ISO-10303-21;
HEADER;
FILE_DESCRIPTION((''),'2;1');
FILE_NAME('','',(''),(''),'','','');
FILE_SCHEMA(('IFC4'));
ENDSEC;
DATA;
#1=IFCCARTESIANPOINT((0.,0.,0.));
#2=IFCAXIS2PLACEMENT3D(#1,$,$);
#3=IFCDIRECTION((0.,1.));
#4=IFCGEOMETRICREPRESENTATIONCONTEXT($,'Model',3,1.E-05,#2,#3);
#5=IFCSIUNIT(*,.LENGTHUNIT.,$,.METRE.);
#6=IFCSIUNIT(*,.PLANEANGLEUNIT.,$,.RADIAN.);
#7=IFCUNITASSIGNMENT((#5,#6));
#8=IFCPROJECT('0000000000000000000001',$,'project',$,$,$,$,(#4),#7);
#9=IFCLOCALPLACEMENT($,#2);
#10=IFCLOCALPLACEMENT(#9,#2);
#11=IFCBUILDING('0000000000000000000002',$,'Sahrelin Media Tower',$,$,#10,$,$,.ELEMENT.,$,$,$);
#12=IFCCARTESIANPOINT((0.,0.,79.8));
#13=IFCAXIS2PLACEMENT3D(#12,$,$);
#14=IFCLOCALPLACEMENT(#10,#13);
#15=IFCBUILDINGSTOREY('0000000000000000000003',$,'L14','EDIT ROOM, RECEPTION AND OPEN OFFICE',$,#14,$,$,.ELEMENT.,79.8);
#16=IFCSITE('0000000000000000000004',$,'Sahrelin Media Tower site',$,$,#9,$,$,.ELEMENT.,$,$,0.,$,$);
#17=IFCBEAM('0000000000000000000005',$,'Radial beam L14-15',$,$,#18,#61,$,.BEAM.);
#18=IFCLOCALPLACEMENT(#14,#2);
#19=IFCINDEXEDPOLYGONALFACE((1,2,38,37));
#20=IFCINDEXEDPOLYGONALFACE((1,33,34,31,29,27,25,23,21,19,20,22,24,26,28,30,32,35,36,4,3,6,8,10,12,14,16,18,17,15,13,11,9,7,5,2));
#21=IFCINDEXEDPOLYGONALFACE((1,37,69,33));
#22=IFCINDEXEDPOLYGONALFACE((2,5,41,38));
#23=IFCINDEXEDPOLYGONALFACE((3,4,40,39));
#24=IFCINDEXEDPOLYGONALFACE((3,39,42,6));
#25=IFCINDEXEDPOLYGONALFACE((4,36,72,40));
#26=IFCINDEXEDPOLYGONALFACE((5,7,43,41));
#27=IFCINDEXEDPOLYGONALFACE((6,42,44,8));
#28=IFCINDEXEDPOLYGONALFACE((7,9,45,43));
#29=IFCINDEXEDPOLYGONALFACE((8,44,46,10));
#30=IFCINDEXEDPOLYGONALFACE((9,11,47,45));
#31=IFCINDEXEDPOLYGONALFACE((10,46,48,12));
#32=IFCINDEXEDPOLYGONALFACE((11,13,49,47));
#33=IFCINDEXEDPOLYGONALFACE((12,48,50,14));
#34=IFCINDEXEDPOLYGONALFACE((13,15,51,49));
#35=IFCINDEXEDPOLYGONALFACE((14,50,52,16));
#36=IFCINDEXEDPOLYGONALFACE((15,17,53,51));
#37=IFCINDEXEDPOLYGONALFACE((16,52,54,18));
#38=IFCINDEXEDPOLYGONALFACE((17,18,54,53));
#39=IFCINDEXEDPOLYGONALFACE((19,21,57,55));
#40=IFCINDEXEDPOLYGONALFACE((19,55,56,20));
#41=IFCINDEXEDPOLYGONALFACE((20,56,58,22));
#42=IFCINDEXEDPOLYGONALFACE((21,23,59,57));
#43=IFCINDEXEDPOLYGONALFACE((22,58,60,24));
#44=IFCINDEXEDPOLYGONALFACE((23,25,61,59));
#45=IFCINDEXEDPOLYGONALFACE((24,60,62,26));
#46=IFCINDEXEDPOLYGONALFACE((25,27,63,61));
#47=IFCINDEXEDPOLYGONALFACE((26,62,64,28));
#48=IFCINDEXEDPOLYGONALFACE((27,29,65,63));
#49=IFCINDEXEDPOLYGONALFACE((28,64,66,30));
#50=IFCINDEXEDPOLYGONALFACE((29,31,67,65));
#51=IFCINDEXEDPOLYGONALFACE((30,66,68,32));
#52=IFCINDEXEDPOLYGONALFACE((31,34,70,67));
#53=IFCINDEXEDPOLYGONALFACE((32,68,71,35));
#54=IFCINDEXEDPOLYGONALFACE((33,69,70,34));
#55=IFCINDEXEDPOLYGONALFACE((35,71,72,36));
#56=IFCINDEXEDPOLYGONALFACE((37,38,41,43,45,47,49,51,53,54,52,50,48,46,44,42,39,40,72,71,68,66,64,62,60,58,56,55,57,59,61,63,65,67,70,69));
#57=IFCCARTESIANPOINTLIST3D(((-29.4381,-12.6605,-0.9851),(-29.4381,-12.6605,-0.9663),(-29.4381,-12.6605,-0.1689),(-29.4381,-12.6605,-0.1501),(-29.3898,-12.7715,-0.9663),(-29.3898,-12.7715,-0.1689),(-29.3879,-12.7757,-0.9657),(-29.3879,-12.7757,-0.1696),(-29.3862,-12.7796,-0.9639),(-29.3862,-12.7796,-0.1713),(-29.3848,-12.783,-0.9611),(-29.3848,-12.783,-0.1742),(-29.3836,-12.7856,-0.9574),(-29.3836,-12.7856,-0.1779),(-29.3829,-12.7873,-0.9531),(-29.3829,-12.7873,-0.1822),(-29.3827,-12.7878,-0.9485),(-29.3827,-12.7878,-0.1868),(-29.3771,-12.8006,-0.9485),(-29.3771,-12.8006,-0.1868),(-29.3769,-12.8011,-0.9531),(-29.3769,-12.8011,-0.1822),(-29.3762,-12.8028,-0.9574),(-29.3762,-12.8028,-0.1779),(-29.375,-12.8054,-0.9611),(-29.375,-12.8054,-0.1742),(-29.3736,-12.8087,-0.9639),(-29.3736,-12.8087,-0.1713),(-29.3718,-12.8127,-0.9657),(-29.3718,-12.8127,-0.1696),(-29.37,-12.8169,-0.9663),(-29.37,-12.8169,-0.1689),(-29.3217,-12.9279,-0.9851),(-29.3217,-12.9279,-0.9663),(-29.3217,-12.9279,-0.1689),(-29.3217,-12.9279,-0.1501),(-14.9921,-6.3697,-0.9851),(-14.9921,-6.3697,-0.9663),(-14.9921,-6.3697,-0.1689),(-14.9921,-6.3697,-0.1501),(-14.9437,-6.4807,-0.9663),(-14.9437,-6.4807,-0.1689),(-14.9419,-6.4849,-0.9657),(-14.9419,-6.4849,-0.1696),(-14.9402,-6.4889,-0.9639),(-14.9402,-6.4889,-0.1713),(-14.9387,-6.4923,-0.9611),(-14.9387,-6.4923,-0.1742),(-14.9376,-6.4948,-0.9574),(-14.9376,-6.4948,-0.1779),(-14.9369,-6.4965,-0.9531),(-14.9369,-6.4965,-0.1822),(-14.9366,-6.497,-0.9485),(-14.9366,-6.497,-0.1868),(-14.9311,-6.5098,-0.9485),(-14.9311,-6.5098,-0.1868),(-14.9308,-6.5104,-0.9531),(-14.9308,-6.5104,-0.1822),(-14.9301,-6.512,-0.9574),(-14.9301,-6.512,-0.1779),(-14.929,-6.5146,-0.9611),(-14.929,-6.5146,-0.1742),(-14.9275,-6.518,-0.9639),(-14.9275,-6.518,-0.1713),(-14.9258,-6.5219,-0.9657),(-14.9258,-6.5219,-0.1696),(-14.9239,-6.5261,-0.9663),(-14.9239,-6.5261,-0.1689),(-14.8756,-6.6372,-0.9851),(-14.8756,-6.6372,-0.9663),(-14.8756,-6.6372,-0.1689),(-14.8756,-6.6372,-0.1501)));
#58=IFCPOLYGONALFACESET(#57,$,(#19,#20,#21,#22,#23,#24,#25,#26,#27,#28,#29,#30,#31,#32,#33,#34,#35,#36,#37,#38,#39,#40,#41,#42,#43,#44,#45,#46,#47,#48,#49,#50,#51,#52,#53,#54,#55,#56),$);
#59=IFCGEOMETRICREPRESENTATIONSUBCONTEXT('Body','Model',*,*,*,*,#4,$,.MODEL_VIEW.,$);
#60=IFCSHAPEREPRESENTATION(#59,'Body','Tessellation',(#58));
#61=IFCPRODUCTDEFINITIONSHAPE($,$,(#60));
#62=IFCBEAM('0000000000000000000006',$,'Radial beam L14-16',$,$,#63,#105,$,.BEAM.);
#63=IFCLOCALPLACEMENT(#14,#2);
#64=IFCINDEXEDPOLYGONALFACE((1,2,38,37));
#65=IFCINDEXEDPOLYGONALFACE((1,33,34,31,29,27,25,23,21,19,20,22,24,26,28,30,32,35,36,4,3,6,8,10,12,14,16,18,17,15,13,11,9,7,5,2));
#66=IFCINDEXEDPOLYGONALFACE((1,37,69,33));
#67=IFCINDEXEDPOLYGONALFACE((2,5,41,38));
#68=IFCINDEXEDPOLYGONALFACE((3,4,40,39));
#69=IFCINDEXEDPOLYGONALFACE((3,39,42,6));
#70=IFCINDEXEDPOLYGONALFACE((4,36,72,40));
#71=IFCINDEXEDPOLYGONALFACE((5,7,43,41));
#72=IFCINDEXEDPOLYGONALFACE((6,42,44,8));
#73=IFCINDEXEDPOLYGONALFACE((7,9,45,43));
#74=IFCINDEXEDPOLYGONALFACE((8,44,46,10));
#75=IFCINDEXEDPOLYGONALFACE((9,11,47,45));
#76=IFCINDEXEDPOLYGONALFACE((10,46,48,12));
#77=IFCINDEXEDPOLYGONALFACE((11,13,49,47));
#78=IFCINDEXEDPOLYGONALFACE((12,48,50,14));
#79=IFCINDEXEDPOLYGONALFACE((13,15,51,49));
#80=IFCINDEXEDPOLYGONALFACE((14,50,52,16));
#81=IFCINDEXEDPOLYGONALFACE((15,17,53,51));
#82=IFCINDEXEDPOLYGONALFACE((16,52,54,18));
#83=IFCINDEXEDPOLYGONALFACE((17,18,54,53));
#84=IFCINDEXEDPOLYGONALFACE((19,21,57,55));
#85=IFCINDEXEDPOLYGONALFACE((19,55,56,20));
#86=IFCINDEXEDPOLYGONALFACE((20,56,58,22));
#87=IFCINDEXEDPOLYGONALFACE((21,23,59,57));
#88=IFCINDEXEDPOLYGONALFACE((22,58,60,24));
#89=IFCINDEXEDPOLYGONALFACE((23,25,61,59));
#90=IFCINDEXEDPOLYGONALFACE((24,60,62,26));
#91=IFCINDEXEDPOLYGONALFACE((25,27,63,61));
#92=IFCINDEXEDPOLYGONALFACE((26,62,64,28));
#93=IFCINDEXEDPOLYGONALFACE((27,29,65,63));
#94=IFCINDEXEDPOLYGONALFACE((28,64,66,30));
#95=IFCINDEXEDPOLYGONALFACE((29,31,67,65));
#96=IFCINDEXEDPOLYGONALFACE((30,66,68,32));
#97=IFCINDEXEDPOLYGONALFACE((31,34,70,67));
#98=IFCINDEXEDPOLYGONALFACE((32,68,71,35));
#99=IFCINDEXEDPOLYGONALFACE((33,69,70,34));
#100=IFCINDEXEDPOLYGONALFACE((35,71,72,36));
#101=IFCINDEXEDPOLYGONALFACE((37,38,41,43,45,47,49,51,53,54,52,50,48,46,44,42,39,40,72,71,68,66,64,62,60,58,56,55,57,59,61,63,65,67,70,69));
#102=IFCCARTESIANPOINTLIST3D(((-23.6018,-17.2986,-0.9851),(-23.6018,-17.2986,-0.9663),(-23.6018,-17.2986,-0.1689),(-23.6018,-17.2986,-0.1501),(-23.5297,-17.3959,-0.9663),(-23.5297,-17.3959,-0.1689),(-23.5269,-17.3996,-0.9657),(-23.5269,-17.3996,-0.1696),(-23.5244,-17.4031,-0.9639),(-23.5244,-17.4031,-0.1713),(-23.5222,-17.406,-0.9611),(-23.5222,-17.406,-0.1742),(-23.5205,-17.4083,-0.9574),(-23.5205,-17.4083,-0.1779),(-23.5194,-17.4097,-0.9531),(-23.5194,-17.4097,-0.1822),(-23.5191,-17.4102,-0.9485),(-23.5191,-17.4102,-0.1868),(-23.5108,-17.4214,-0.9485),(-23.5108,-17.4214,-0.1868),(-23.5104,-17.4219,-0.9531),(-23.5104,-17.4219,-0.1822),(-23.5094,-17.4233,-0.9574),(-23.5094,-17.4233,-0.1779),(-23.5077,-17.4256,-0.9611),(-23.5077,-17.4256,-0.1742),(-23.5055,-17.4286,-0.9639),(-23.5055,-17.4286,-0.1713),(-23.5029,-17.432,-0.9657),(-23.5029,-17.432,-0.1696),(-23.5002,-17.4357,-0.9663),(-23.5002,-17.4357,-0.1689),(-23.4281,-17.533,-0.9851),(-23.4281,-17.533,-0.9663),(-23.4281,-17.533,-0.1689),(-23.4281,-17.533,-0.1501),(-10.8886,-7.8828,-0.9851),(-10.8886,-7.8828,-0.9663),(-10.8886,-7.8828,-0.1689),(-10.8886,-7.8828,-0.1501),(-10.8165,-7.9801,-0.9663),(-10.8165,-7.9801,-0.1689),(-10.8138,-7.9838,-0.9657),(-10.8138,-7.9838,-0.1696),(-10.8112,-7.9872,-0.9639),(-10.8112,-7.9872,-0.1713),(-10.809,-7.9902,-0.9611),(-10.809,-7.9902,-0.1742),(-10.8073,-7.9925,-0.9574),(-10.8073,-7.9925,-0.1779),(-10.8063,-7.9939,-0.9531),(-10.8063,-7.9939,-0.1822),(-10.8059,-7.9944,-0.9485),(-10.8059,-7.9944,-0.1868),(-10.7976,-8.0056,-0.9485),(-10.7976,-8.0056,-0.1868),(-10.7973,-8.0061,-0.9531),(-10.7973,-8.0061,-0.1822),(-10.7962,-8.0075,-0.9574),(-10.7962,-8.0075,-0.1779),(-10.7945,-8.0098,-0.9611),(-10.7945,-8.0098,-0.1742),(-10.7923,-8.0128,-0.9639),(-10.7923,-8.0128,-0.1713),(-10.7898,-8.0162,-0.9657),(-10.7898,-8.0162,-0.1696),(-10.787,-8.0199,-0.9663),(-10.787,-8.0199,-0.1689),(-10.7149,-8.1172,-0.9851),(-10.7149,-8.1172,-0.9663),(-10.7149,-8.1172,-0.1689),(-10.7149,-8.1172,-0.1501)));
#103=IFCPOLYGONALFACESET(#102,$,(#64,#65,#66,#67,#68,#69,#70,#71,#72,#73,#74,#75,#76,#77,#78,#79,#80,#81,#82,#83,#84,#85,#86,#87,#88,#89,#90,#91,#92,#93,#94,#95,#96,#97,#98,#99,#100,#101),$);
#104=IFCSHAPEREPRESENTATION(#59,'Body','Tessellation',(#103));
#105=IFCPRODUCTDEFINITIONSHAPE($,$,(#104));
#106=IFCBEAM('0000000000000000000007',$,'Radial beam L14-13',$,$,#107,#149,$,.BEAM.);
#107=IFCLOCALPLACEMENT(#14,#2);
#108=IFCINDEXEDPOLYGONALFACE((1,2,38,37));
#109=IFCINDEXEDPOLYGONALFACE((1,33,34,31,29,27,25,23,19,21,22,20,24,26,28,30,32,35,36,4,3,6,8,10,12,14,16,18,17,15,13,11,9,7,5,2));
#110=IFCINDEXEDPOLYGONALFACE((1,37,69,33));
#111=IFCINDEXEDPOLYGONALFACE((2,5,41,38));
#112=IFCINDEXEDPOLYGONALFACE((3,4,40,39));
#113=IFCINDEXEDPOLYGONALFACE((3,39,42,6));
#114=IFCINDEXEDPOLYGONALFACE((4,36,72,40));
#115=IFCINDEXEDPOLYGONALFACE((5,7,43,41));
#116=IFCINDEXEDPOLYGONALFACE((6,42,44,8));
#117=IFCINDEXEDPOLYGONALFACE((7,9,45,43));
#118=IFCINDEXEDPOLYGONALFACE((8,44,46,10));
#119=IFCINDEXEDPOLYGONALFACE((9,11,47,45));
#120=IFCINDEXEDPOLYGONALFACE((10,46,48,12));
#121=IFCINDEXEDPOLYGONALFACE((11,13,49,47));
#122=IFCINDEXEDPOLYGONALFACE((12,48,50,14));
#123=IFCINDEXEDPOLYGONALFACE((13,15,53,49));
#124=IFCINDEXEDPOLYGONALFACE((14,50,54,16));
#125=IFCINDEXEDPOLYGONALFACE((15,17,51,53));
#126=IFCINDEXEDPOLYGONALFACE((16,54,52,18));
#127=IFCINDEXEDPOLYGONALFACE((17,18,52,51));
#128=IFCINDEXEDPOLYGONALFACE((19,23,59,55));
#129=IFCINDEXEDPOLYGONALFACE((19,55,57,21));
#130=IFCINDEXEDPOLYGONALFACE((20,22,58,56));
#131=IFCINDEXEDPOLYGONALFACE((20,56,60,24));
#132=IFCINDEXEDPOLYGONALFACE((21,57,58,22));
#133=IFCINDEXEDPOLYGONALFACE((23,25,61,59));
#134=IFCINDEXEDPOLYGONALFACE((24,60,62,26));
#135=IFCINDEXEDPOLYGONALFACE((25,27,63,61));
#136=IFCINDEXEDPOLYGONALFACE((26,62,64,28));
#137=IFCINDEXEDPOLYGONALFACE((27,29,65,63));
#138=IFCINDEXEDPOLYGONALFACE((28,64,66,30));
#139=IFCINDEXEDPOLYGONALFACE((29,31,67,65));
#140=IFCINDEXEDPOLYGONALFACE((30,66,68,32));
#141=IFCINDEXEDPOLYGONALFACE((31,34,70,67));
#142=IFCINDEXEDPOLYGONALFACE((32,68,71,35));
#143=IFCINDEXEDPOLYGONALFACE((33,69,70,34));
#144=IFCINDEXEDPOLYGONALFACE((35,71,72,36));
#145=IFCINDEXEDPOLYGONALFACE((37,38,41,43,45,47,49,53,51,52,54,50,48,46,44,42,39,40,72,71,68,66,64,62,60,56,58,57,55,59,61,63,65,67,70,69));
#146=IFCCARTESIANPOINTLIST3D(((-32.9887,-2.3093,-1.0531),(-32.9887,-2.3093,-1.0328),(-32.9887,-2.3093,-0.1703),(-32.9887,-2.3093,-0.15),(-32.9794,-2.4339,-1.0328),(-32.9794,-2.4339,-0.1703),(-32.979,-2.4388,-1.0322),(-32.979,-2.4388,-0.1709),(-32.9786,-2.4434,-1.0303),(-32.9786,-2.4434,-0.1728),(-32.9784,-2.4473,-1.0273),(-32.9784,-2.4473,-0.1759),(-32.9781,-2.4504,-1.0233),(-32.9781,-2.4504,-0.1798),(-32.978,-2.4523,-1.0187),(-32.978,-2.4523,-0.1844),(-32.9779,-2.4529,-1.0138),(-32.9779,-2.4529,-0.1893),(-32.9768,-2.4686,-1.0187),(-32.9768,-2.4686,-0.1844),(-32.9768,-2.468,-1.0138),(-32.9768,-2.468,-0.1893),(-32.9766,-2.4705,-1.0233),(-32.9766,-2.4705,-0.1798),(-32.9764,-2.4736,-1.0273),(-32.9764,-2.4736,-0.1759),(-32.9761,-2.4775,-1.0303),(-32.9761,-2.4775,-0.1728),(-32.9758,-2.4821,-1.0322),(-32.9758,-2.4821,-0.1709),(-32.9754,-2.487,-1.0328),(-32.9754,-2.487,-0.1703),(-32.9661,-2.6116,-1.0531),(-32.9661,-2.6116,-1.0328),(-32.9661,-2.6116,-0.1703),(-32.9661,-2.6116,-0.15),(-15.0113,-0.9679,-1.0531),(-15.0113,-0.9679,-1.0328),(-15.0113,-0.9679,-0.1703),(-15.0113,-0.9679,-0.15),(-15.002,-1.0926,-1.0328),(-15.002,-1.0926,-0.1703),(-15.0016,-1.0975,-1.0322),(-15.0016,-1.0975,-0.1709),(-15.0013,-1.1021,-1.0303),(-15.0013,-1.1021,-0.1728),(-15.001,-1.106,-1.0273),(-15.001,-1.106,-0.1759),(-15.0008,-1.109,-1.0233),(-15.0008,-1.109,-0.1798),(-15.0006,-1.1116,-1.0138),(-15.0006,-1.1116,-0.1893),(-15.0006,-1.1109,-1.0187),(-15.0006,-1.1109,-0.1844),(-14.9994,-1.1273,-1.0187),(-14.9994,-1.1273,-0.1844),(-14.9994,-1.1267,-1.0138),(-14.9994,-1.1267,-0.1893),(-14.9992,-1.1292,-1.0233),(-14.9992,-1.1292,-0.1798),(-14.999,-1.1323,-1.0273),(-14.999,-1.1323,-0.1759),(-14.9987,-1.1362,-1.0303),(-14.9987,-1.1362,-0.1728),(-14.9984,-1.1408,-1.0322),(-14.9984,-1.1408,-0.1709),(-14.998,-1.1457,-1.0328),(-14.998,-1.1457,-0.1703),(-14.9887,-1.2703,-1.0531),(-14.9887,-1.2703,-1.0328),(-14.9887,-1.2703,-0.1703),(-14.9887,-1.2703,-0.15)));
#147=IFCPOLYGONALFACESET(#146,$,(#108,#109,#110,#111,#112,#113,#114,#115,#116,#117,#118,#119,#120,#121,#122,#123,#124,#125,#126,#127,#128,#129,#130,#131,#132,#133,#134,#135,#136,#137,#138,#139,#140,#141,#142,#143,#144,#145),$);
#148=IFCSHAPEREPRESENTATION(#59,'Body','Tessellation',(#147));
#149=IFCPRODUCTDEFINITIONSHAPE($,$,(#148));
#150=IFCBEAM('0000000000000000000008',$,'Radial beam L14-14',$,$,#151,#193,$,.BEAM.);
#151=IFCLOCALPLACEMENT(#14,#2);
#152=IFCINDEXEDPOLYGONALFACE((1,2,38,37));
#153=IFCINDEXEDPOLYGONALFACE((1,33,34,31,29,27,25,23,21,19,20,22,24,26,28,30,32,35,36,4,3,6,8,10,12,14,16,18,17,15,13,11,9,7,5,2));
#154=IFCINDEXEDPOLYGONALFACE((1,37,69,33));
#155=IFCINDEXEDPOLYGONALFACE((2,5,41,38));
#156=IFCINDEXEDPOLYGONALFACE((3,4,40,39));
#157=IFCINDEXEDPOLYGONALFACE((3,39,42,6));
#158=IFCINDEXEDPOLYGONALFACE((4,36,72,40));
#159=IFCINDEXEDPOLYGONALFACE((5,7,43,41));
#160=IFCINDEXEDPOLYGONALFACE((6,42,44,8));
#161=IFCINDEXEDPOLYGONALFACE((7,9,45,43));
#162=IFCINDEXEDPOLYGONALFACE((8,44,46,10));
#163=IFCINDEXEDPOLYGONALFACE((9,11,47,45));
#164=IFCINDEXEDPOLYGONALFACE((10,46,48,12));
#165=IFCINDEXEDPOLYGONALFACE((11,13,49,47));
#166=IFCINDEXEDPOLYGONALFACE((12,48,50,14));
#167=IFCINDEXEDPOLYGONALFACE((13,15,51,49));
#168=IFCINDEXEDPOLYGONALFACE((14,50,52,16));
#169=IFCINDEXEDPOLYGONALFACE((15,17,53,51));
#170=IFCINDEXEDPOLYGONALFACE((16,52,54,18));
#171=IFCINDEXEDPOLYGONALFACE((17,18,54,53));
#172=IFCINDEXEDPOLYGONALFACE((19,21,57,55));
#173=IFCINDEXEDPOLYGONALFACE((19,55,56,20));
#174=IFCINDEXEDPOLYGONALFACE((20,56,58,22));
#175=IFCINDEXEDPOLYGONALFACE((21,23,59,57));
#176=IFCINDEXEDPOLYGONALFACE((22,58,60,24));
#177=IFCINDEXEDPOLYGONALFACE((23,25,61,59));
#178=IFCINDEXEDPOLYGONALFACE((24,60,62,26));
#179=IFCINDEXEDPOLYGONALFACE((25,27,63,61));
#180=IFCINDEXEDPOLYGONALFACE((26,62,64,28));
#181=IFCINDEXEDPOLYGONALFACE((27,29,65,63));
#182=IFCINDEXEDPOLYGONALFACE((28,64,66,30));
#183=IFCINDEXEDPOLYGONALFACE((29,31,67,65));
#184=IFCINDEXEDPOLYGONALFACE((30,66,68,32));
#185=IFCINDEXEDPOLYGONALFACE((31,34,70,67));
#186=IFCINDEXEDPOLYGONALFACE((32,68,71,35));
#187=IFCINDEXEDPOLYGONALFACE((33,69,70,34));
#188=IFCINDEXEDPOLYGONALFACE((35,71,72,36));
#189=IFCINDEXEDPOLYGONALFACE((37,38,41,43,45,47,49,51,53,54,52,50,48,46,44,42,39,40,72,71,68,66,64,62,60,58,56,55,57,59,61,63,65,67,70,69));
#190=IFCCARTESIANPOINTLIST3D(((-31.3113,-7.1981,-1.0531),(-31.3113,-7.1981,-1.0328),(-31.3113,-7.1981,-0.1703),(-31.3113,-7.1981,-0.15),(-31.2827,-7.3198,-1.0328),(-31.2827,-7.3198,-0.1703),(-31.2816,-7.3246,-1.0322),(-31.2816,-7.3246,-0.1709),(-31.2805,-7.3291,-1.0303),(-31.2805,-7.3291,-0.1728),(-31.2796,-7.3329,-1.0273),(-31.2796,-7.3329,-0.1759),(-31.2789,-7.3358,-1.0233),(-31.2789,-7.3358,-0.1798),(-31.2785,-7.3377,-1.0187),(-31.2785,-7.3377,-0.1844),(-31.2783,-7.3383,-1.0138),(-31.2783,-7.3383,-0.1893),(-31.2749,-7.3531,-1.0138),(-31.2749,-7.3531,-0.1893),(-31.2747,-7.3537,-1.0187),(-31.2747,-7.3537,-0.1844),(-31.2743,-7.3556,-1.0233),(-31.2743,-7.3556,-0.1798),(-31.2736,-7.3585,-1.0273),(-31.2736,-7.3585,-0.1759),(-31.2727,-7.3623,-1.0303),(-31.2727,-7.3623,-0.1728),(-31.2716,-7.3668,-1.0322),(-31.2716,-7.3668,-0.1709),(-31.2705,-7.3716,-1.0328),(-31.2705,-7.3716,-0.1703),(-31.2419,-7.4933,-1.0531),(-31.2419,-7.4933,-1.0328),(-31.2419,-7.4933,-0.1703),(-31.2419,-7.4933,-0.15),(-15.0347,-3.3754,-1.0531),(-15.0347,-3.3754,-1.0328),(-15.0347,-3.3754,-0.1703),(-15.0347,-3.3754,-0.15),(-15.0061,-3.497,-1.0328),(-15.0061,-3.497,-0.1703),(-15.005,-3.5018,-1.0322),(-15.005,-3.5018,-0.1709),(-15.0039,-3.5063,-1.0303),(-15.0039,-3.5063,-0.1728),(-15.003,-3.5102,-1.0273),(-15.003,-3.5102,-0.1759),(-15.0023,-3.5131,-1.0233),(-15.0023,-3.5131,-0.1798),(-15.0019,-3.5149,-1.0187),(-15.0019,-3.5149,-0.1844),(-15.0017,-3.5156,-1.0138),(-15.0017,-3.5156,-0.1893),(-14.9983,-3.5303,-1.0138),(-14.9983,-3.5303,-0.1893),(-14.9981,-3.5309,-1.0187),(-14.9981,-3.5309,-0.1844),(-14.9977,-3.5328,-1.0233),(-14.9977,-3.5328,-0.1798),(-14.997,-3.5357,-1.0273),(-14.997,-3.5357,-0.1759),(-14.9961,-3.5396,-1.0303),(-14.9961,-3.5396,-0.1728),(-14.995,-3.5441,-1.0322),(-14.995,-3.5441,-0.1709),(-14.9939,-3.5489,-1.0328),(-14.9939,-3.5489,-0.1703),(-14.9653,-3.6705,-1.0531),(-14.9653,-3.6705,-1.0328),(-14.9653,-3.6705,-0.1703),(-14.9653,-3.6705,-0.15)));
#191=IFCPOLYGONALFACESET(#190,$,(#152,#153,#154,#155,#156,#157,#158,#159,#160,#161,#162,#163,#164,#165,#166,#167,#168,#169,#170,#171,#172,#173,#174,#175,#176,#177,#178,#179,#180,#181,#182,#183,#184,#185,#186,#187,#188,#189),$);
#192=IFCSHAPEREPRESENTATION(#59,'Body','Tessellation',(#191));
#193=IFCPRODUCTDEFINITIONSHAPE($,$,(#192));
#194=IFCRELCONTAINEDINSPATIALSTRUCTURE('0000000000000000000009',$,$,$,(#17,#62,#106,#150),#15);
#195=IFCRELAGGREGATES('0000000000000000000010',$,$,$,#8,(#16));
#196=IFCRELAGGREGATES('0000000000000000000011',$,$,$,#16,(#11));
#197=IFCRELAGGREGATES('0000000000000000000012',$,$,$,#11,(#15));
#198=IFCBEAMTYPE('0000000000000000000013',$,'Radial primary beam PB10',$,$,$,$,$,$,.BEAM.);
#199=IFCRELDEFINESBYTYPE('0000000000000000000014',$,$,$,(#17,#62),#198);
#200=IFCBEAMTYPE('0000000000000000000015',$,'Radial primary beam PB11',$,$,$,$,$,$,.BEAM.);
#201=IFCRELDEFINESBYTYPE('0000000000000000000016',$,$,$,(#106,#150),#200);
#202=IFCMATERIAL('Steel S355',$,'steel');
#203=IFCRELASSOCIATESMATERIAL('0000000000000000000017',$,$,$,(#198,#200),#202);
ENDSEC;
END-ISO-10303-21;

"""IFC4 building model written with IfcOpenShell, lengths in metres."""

from ifc_helpers import new_model, si_unit, direction, frame, origin, origin_2d, place, context, subcontext, project, spatial, i_section, extrude, material, material_profile, profile_set, type_object, element, save


model = new_model("IFC4")

# Units and contexts
model_context = context("Model", 3, precision=1e-05, world=origin(), true_north=direction((0.0, 1.0)))
body_context = subcontext(model_context, "Body", "Model", "MODEL_VIEW")
ifc_project = project(units=[si_unit("LENGTHUNIT", "METRE"), si_unit("PLANEANGLEUNIT", "RADIAN")], contexts=[model_context])

# Site, building, storey
site_placement = place(None, origin())
site = spatial("IfcSite", under=ifc_project, at=site_placement, Name="Sahrelin Media Tower site", CompositionType="ELEMENT", RefElevation=0.0)
building_placement = place(site_placement, origin())
building = spatial("IfcBuilding", under=site, at=building_placement, Name="Sahrelin Media Tower", CompositionType="ELEMENT")
storey_placement = place(building_placement, frame((0.0, 0.0, 79.8)))
storey = spatial("IfcBuildingStorey", under=building, at=storey_placement, Name="L14", Description="EDIT ROOM, RECEPTION AND OPEN OFFICE", CompositionType="ELEMENT", Elevation=79.8)

# Beams
ifc_material_1 = material(Name="Steel S355", Category="steel")
ifc_material_profile_1 = material_profile(ifc_material_1, i_section(OverallWidth=0.2917, OverallDepth=0.835, WebThickness=0.0139, FlangeThickness=0.0188, FilletRadius=0.0178, at=origin_2d()), Name="UB 838x292x176")
ifc_profile_set_1 = profile_set([ifc_material_profile_1], Name="Steel S355")
beam_type_1 = type_object("IfcBeamType", Name="Radial primary beam PB10", PredefinedType="BEAM", material=ifc_profile_set_1)
beam_1_placement = place(storey_placement, frame((-14.9338, -6.5034, -0.5676), z_axis=(-0.916841, -0.399254, 0.0), x_axis=(0.399254, -0.916841, 0.0)))
element("IfcBeam", 1, at=beam_1_placement, inside=storey, type_object=beam_type_1, Name="Radial beam L14-15", PredefinedType="BEAM", context=body_context, shape_type="SweptSolid", body=[
    extrude(i_section(OverallWidth=0.2917, OverallDepth=0.835, WebThickness=0.0139, FlangeThickness=0.0188, FilletRadius=0.0178, at=origin_2d()), origin(), (0.0, 0.0, 1.0), 15.7563),
])
beam_2_placement = place(storey_placement, frame((-10.8018, -8.0, -0.5676), z_axis=(-0.803598, -0.595172, 0.0), x_axis=(0.595172, -0.803598, 0.0)))
element("IfcBeam", 2, at=beam_2_placement, inside=storey, type_object=beam_type_1, Name="Radial beam L14-16", PredefinedType="BEAM", context=body_context, shape_type="SweptSolid", body=[
    extrude(i_section(OverallWidth=0.2917, OverallDepth=0.835, WebThickness=0.0139, FlangeThickness=0.0188, FilletRadius=0.0178, at=origin_2d()), origin(), (0.0, 0.0, 1.0), 15.8203),
])
ifc_material_profile_2 = material_profile(ifc_material_1, i_section(OverallWidth=0.3032, OverallDepth=0.9031, WebThickness=0.0151, FlangeThickness=0.0203, FilletRadius=0.019, at=origin_2d()), Name="UB 914x305x201")
ifc_profile_set_2 = profile_set([ifc_material_profile_2], Name="Steel S355")
beam_type_2 = type_object("IfcBeamType", Name="Radial primary beam PB11", PredefinedType="BEAM", material=ifc_profile_set_2)
beam_3_placement = place(storey_placement, frame((-15.0, -1.1191, -0.6016), z_axis=(-0.997228, -0.074404, 0.0), x_axis=(0.074404, -0.997228, 0.0)))
element("IfcBeam", 3, at=beam_3_placement, inside=storey, type_object=beam_type_2, Name="Radial beam L14-13", PredefinedType="BEAM", context=body_context, shape_type="SweptSolid", body=[
    extrude(i_section(OverallWidth=0.3032, OverallDepth=0.9031, WebThickness=0.0151, FlangeThickness=0.0203, FilletRadius=0.019, at=origin_2d()), origin(), (0.0, 0.0, 1.0), 18.0273),
])
beam_4_placement = place(storey_placement, frame((-15.0, -3.5229, -0.6016), z_axis=(-0.973511, -0.228641, 0.0), x_axis=(0.228641, -0.973511, 0.0)))
element("IfcBeam", 4, at=beam_4_placement, inside=storey, type_object=beam_type_2, Name="Radial beam L14-14", PredefinedType="BEAM", context=body_context, shape_type="SweptSolid", body=[
    extrude(i_section(OverallWidth=0.3032, OverallDepth=0.9031, WebThickness=0.0151, FlangeThickness=0.0203, FilletRadius=0.019, at=origin_2d()), origin(), (0.0, 0.0, 1.0), 16.7195),
])

save(model, "model.ifc")
